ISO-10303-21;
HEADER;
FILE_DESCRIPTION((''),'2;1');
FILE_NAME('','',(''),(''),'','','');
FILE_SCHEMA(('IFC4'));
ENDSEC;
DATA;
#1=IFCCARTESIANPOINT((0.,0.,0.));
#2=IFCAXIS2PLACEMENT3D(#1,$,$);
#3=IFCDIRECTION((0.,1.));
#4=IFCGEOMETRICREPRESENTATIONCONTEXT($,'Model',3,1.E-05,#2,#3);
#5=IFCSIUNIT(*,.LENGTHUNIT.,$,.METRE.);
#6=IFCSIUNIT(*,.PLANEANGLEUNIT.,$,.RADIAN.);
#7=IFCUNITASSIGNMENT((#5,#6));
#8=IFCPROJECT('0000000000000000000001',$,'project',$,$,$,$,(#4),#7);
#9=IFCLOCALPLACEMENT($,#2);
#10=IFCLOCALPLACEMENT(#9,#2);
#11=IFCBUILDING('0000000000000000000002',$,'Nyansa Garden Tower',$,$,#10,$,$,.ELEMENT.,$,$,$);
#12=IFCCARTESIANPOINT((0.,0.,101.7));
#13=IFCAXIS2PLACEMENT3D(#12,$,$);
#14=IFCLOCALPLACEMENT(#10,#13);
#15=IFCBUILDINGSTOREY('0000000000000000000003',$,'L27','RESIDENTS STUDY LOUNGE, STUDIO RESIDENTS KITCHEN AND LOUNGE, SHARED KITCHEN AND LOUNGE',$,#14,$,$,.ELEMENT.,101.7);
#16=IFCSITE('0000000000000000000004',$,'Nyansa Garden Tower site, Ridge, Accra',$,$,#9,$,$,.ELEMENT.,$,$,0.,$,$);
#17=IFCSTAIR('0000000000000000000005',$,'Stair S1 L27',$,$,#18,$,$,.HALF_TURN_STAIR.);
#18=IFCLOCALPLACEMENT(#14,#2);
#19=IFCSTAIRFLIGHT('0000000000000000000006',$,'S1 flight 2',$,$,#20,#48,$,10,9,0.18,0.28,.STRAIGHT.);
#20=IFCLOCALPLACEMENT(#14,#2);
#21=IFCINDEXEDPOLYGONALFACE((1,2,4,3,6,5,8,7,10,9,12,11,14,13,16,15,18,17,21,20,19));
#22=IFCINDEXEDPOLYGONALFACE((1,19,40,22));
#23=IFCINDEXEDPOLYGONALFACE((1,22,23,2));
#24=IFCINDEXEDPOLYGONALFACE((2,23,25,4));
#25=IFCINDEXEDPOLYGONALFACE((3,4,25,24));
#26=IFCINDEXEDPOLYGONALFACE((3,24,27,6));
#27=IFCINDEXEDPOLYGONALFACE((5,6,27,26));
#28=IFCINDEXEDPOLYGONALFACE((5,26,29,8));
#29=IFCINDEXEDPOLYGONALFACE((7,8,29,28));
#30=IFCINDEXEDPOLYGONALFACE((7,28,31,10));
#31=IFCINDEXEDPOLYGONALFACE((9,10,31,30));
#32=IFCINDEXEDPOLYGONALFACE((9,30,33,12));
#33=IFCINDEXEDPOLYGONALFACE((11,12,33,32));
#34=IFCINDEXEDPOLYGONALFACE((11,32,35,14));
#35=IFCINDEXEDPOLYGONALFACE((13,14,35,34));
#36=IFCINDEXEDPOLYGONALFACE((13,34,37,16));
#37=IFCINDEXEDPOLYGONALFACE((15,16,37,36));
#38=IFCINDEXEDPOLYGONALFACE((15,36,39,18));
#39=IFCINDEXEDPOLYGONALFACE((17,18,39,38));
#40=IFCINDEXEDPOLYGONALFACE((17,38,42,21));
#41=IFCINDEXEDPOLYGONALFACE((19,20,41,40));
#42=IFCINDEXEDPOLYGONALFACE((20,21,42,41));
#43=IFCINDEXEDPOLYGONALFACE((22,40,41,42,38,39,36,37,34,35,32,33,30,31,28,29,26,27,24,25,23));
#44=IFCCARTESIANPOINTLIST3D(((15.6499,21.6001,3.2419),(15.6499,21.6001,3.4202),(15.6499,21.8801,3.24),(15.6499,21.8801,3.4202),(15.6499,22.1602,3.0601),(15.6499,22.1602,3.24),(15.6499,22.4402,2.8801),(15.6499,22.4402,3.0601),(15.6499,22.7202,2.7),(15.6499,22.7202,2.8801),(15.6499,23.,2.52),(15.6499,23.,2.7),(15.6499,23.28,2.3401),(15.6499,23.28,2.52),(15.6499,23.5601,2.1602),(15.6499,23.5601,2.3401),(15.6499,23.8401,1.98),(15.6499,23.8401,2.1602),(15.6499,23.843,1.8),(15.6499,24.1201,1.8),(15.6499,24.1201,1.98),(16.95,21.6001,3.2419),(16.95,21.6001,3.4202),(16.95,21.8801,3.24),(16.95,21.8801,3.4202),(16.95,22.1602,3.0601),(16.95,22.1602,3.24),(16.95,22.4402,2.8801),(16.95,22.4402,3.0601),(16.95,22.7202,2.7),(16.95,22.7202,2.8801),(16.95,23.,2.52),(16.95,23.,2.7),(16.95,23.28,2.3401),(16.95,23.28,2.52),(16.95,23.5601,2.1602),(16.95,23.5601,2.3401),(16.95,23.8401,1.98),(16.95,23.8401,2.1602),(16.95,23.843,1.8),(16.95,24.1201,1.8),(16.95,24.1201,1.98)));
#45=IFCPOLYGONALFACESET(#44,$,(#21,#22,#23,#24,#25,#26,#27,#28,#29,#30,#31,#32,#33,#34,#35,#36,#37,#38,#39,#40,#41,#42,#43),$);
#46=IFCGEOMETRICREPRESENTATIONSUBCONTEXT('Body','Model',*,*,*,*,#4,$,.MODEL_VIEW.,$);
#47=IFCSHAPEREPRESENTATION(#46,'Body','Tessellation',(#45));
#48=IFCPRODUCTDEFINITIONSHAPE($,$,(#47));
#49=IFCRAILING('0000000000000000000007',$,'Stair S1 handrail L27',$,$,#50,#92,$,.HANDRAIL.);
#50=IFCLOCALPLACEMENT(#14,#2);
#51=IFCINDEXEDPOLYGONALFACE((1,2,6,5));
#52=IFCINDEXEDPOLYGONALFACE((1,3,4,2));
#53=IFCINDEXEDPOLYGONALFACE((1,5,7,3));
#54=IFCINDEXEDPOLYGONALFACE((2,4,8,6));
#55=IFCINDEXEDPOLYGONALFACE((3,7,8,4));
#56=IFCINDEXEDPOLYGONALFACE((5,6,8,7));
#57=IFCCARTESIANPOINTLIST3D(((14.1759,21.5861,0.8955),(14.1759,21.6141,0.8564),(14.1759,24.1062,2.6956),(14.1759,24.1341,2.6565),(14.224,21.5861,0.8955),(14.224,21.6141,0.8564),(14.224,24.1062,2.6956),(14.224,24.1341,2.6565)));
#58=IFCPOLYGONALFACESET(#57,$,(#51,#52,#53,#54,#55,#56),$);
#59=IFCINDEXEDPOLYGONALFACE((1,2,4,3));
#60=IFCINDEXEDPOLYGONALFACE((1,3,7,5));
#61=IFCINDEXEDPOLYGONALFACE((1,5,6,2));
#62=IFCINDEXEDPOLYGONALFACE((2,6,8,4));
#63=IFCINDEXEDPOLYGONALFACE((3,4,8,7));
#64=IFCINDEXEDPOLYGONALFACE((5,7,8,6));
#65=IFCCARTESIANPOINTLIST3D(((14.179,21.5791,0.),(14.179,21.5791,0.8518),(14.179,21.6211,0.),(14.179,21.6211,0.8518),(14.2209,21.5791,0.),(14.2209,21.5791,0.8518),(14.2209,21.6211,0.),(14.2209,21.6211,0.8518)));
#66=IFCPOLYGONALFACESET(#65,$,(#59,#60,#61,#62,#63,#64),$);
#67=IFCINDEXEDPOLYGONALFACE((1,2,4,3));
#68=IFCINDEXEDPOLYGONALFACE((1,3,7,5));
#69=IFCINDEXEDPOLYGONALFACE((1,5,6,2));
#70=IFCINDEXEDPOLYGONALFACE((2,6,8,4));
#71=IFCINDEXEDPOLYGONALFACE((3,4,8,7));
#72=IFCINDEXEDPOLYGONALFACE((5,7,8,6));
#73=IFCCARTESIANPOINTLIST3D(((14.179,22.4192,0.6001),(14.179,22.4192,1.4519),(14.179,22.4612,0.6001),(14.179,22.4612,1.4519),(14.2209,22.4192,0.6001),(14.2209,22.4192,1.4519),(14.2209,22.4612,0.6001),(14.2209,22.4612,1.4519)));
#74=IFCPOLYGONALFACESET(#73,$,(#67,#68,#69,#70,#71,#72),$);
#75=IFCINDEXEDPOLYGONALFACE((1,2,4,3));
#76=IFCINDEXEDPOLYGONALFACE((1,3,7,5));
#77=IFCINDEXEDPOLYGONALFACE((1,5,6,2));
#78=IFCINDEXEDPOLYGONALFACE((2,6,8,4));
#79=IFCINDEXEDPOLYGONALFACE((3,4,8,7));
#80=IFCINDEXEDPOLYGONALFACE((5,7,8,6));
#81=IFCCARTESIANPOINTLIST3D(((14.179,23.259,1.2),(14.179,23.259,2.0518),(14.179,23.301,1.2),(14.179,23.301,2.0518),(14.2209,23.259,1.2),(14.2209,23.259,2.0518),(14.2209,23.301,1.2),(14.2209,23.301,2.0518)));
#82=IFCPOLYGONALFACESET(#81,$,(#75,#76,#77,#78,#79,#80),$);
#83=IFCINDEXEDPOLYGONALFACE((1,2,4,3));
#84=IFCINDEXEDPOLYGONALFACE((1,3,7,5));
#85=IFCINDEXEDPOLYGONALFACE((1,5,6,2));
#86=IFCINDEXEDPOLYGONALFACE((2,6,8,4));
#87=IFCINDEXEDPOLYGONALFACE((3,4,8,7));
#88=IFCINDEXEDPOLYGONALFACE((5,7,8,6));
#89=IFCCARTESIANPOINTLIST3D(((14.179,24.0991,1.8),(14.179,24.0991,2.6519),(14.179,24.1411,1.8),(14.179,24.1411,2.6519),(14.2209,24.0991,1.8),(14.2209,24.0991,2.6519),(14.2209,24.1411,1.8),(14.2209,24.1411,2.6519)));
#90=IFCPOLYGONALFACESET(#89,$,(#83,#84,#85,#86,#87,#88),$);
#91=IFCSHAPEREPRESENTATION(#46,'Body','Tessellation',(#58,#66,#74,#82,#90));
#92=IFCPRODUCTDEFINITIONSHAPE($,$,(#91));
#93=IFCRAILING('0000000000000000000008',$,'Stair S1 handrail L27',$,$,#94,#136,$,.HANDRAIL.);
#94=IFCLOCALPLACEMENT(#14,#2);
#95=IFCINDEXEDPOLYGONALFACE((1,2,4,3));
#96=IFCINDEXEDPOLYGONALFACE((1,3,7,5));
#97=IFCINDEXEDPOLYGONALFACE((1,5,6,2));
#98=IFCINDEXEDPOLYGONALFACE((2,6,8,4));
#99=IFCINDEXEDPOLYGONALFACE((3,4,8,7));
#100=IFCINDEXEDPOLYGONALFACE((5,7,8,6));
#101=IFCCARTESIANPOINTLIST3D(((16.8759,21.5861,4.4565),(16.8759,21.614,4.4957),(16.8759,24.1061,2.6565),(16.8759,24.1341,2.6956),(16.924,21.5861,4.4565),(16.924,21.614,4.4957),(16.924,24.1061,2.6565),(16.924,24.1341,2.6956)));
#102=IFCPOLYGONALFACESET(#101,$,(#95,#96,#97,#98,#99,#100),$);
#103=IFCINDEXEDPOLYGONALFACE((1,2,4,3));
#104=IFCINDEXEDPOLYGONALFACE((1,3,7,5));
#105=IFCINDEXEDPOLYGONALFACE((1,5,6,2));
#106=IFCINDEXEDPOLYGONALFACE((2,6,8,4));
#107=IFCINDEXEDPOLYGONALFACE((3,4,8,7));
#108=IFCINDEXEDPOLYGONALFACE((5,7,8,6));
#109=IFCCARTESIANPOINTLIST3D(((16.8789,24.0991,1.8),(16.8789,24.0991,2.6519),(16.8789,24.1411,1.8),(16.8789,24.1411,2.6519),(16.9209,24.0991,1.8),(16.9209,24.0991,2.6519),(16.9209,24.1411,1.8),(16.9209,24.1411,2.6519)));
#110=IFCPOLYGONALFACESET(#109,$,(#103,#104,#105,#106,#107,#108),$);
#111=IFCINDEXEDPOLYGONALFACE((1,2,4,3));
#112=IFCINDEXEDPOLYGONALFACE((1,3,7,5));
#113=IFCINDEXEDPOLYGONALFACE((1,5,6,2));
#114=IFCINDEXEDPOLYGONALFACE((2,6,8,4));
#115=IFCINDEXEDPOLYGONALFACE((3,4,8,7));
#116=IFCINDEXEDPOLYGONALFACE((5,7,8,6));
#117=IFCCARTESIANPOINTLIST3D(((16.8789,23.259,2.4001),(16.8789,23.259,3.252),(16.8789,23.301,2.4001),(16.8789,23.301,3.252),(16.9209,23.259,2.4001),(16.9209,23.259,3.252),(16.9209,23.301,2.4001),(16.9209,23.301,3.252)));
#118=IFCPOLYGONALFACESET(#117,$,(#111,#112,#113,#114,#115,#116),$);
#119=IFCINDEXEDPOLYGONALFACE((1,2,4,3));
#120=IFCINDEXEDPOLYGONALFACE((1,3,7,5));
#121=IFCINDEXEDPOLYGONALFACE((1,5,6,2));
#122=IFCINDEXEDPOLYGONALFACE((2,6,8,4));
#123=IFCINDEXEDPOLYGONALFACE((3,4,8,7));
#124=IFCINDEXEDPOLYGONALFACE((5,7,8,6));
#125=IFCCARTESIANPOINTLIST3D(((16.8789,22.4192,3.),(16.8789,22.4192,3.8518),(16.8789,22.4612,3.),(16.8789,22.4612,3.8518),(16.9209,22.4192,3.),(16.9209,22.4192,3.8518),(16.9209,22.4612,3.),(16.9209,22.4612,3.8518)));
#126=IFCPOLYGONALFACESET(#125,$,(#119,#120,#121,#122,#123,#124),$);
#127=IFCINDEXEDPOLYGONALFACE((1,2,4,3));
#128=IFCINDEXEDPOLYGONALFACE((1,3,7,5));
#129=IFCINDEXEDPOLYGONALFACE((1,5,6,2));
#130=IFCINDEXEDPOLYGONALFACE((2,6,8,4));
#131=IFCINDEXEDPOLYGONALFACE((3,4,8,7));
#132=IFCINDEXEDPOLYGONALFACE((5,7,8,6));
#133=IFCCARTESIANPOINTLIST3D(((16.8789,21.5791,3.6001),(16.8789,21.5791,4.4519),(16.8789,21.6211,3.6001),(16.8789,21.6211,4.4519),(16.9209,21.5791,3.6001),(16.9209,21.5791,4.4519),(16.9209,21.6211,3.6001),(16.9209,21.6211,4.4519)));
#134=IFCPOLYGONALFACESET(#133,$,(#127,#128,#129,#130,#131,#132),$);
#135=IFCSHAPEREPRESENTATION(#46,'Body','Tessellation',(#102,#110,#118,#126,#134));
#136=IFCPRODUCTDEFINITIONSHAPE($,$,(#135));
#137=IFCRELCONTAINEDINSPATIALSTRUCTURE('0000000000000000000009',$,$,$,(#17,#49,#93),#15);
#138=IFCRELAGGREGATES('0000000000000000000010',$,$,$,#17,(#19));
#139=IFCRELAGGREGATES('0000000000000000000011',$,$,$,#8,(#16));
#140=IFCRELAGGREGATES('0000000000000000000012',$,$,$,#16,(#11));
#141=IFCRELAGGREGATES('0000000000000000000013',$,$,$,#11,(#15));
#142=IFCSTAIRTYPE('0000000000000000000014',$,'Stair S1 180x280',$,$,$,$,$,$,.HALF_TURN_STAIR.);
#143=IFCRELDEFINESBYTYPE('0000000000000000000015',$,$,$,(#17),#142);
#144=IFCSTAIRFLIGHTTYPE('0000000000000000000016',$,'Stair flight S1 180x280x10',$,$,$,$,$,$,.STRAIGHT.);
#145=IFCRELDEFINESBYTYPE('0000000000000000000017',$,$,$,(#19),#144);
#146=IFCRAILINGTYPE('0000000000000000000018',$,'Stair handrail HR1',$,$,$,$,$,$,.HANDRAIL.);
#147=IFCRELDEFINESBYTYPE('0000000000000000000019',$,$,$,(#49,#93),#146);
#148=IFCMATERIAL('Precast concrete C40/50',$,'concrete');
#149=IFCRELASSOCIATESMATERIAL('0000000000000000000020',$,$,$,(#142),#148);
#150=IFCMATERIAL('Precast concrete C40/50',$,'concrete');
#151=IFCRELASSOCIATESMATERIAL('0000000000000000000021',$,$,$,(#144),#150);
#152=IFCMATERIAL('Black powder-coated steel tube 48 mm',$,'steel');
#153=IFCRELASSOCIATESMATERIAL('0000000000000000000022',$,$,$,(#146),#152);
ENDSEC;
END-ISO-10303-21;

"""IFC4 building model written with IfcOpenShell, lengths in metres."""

from ifc_helpers import new_model, si_unit, direction, frame, origin, origin_2d, place, context, subcontext, project, spatial, polyline, rectangle, outline, extrude, material, type_object, element, aggregate, save


model = new_model("IFC4")

# Units and contexts
model_context = context("Model", 3, precision=1e-05, world=origin(), true_north=direction((0.0, 1.0)))
body_context = subcontext(model_context, "Body", "Model", "MODEL_VIEW")
ifc_project = project(units=[si_unit("LENGTHUNIT", "METRE"), si_unit("PLANEANGLEUNIT", "RADIAN")], contexts=[model_context])

# Site, building, storey
site_placement = place(None, origin())
site = spatial("IfcSite", under=ifc_project, at=site_placement, Name="Nyansa Garden Tower site, Ridge, Accra", CompositionType="ELEMENT", RefElevation=0.0)
building_placement = place(site_placement, origin())
building = spatial("IfcBuilding", under=site, at=building_placement, Name="Nyansa Garden Tower", CompositionType="ELEMENT")
storey_placement = place(building_placement, frame((0.0, 0.0, 101.7)))
storey = spatial("IfcBuildingStorey", under=building, at=storey_placement, Name="L27", Description="RESIDENTS STUDY LOUNGE, STUDIO RESIDENTS KITCHEN AND LOUNGE, SHARED KITCHEN AND LOUNGE", CompositionType="ELEMENT", Elevation=101.7)

# Stair, stair flight
ifc_material_1 = material(Name="Precast concrete C40/50", Category="concrete")
stair_type = type_object("IfcStairType", Name="Stair S1 180x280", PredefinedType="HALF_TURN_STAIR", material=ifc_material_1)
stair_placement = place(storey_placement, origin())
stair = element("IfcStair", 1, at=stair_placement, inside=storey, type_object=stair_type, Name="Stair S1 L27", PredefinedType="HALF_TURN_STAIR")
ifc_material_2 = material(Name="Precast concrete C40/50", Category="concrete")
stair_flight_type = type_object("IfcStairFlightType", Name="Stair flight S1 180x280x10", PredefinedType="STRAIGHT", material=ifc_material_2)
stair_flight_1_placement = place(storey_placement, frame((16.3, 24.1201, 1.8), z_axis=(0.0, 0.0, 1.0), x_axis=(0.0, -1.0, 0.0)))
stair_flight_1 = element("IfcStairFlight", 2, at=stair_flight_1_placement, type_object=stair_flight_type, Name="S1 flight 2", NumberOfRisers=10, NumberOfTreads=9, PredefinedType="STRAIGHT", RiserHeight=0.18, TreadLength=0.28, context=body_context, shape_type="SweptSolid", body=[
    extrude(outline(polyline([(0.0, 0.0), (0.0, 0.1799), (0.28, 0.1799), (0.28, 0.3601), (0.5601, 0.3601), (0.5601, 0.54), (0.8401, 0.54), (0.8401, 0.72), (1.1201, 0.72), (1.1201, 0.8999), (1.3999, 0.8999), (1.3999, 1.0801), (1.6799, 1.0801), (1.6799, 1.26), (1.96, 1.26), (1.96, 1.4399), (2.24, 1.4399), (2.24, 1.6201), (2.52, 1.6201), (2.52, 1.8), (2.52, 1.4419), (0.2771, 0.0), (0.0, 0.0)])), frame((0.0, 0.6499, 0.0), z_axis=(0.0, -1.0, 0.0), x_axis=(1.0, 0.0, 0.0)), (0.0, 0.0, 1.0), 1.3),
])
aggregate(stair, [stair_flight_1])

# Railings
ifc_material_3 = material(Name="Black powder-coated steel tube 48 mm", Category="steel")
railing_type = type_object("IfcRailingType", Name="Stair handrail HR1", PredefinedType="HANDRAIL", material=ifc_material_3)
railing_1_placement = place(storey_placement, frame((14.2, 21.6001, 0.0)))
element("IfcRailing", 3, at=railing_1_placement, inside=storey, type_object=railing_type, Name="Stair S1 handrail L27", PredefinedType="HANDRAIL", context=body_context, shape_type="SweptSolid", body=[
    extrude(rectangle(XDim=0.0481, YDim=0.0481, at=origin_2d()), frame((0.0, 0.0, 0.876), z_axis=(0.0, 0.813728, 0.581246), x_axis=(-1.0, 0.0, 0.0)), (0.0, 0.0, 1.0), 3.0969),
    extrude(rectangle(XDim=0.042, YDim=0.042, at=origin_2d()), origin(), (0.0, 0.0, 1.0), 0.8518),
    extrude(rectangle(XDim=0.042, YDim=0.042, at=origin_2d()), frame((0.0, 0.8401, 0.6001)), (0.0, 0.0, 1.0), 0.8518),
    extrude(rectangle(XDim=0.042, YDim=0.042, at=origin_2d()), frame((0.0, 1.6799, 1.2)), (0.0, 0.0, 1.0), 0.8518),
    extrude(rectangle(XDim=0.042, YDim=0.042, at=origin_2d()), frame((0.0, 2.52, 1.8)), (0.0, 0.0, 1.0), 0.8518),
])
railing_2_placement = place(storey_placement, frame((16.8999, 24.1201, 1.8)))
element("IfcRailing", 4, at=railing_2_placement, inside=storey, type_object=railing_type, Name="Stair S1 handrail L27", PredefinedType="HANDRAIL", context=body_context, shape_type="SweptSolid", body=[
    extrude(rectangle(XDim=0.0481, YDim=0.0481, at=origin_2d()), frame((0.0, 0.0, 0.876), z_axis=(0.0, -0.813728, 0.581246), x_axis=(1.0, 0.0, 0.0)), (0.0, 0.0, 1.0), 3.0969),
    extrude(rectangle(XDim=0.042, YDim=0.042, at=origin_2d()), origin(), (0.0, 0.0, 1.0), 0.8518),
    extrude(rectangle(XDim=0.042, YDim=0.042, at=origin_2d()), frame((0.0, -0.8401, 0.6001)), (0.0, 0.0, 1.0), 0.8518),
    extrude(rectangle(XDim=0.042, YDim=0.042, at=origin_2d()), frame((0.0, -1.6799, 1.2)), (0.0, 0.0, 1.0), 0.8518),
    extrude(rectangle(XDim=0.042, YDim=0.042, at=origin_2d()), frame((0.0, -2.52, 1.8)), (0.0, 0.0, 1.0), 0.8518),
])

save(model, "model.ifc")
